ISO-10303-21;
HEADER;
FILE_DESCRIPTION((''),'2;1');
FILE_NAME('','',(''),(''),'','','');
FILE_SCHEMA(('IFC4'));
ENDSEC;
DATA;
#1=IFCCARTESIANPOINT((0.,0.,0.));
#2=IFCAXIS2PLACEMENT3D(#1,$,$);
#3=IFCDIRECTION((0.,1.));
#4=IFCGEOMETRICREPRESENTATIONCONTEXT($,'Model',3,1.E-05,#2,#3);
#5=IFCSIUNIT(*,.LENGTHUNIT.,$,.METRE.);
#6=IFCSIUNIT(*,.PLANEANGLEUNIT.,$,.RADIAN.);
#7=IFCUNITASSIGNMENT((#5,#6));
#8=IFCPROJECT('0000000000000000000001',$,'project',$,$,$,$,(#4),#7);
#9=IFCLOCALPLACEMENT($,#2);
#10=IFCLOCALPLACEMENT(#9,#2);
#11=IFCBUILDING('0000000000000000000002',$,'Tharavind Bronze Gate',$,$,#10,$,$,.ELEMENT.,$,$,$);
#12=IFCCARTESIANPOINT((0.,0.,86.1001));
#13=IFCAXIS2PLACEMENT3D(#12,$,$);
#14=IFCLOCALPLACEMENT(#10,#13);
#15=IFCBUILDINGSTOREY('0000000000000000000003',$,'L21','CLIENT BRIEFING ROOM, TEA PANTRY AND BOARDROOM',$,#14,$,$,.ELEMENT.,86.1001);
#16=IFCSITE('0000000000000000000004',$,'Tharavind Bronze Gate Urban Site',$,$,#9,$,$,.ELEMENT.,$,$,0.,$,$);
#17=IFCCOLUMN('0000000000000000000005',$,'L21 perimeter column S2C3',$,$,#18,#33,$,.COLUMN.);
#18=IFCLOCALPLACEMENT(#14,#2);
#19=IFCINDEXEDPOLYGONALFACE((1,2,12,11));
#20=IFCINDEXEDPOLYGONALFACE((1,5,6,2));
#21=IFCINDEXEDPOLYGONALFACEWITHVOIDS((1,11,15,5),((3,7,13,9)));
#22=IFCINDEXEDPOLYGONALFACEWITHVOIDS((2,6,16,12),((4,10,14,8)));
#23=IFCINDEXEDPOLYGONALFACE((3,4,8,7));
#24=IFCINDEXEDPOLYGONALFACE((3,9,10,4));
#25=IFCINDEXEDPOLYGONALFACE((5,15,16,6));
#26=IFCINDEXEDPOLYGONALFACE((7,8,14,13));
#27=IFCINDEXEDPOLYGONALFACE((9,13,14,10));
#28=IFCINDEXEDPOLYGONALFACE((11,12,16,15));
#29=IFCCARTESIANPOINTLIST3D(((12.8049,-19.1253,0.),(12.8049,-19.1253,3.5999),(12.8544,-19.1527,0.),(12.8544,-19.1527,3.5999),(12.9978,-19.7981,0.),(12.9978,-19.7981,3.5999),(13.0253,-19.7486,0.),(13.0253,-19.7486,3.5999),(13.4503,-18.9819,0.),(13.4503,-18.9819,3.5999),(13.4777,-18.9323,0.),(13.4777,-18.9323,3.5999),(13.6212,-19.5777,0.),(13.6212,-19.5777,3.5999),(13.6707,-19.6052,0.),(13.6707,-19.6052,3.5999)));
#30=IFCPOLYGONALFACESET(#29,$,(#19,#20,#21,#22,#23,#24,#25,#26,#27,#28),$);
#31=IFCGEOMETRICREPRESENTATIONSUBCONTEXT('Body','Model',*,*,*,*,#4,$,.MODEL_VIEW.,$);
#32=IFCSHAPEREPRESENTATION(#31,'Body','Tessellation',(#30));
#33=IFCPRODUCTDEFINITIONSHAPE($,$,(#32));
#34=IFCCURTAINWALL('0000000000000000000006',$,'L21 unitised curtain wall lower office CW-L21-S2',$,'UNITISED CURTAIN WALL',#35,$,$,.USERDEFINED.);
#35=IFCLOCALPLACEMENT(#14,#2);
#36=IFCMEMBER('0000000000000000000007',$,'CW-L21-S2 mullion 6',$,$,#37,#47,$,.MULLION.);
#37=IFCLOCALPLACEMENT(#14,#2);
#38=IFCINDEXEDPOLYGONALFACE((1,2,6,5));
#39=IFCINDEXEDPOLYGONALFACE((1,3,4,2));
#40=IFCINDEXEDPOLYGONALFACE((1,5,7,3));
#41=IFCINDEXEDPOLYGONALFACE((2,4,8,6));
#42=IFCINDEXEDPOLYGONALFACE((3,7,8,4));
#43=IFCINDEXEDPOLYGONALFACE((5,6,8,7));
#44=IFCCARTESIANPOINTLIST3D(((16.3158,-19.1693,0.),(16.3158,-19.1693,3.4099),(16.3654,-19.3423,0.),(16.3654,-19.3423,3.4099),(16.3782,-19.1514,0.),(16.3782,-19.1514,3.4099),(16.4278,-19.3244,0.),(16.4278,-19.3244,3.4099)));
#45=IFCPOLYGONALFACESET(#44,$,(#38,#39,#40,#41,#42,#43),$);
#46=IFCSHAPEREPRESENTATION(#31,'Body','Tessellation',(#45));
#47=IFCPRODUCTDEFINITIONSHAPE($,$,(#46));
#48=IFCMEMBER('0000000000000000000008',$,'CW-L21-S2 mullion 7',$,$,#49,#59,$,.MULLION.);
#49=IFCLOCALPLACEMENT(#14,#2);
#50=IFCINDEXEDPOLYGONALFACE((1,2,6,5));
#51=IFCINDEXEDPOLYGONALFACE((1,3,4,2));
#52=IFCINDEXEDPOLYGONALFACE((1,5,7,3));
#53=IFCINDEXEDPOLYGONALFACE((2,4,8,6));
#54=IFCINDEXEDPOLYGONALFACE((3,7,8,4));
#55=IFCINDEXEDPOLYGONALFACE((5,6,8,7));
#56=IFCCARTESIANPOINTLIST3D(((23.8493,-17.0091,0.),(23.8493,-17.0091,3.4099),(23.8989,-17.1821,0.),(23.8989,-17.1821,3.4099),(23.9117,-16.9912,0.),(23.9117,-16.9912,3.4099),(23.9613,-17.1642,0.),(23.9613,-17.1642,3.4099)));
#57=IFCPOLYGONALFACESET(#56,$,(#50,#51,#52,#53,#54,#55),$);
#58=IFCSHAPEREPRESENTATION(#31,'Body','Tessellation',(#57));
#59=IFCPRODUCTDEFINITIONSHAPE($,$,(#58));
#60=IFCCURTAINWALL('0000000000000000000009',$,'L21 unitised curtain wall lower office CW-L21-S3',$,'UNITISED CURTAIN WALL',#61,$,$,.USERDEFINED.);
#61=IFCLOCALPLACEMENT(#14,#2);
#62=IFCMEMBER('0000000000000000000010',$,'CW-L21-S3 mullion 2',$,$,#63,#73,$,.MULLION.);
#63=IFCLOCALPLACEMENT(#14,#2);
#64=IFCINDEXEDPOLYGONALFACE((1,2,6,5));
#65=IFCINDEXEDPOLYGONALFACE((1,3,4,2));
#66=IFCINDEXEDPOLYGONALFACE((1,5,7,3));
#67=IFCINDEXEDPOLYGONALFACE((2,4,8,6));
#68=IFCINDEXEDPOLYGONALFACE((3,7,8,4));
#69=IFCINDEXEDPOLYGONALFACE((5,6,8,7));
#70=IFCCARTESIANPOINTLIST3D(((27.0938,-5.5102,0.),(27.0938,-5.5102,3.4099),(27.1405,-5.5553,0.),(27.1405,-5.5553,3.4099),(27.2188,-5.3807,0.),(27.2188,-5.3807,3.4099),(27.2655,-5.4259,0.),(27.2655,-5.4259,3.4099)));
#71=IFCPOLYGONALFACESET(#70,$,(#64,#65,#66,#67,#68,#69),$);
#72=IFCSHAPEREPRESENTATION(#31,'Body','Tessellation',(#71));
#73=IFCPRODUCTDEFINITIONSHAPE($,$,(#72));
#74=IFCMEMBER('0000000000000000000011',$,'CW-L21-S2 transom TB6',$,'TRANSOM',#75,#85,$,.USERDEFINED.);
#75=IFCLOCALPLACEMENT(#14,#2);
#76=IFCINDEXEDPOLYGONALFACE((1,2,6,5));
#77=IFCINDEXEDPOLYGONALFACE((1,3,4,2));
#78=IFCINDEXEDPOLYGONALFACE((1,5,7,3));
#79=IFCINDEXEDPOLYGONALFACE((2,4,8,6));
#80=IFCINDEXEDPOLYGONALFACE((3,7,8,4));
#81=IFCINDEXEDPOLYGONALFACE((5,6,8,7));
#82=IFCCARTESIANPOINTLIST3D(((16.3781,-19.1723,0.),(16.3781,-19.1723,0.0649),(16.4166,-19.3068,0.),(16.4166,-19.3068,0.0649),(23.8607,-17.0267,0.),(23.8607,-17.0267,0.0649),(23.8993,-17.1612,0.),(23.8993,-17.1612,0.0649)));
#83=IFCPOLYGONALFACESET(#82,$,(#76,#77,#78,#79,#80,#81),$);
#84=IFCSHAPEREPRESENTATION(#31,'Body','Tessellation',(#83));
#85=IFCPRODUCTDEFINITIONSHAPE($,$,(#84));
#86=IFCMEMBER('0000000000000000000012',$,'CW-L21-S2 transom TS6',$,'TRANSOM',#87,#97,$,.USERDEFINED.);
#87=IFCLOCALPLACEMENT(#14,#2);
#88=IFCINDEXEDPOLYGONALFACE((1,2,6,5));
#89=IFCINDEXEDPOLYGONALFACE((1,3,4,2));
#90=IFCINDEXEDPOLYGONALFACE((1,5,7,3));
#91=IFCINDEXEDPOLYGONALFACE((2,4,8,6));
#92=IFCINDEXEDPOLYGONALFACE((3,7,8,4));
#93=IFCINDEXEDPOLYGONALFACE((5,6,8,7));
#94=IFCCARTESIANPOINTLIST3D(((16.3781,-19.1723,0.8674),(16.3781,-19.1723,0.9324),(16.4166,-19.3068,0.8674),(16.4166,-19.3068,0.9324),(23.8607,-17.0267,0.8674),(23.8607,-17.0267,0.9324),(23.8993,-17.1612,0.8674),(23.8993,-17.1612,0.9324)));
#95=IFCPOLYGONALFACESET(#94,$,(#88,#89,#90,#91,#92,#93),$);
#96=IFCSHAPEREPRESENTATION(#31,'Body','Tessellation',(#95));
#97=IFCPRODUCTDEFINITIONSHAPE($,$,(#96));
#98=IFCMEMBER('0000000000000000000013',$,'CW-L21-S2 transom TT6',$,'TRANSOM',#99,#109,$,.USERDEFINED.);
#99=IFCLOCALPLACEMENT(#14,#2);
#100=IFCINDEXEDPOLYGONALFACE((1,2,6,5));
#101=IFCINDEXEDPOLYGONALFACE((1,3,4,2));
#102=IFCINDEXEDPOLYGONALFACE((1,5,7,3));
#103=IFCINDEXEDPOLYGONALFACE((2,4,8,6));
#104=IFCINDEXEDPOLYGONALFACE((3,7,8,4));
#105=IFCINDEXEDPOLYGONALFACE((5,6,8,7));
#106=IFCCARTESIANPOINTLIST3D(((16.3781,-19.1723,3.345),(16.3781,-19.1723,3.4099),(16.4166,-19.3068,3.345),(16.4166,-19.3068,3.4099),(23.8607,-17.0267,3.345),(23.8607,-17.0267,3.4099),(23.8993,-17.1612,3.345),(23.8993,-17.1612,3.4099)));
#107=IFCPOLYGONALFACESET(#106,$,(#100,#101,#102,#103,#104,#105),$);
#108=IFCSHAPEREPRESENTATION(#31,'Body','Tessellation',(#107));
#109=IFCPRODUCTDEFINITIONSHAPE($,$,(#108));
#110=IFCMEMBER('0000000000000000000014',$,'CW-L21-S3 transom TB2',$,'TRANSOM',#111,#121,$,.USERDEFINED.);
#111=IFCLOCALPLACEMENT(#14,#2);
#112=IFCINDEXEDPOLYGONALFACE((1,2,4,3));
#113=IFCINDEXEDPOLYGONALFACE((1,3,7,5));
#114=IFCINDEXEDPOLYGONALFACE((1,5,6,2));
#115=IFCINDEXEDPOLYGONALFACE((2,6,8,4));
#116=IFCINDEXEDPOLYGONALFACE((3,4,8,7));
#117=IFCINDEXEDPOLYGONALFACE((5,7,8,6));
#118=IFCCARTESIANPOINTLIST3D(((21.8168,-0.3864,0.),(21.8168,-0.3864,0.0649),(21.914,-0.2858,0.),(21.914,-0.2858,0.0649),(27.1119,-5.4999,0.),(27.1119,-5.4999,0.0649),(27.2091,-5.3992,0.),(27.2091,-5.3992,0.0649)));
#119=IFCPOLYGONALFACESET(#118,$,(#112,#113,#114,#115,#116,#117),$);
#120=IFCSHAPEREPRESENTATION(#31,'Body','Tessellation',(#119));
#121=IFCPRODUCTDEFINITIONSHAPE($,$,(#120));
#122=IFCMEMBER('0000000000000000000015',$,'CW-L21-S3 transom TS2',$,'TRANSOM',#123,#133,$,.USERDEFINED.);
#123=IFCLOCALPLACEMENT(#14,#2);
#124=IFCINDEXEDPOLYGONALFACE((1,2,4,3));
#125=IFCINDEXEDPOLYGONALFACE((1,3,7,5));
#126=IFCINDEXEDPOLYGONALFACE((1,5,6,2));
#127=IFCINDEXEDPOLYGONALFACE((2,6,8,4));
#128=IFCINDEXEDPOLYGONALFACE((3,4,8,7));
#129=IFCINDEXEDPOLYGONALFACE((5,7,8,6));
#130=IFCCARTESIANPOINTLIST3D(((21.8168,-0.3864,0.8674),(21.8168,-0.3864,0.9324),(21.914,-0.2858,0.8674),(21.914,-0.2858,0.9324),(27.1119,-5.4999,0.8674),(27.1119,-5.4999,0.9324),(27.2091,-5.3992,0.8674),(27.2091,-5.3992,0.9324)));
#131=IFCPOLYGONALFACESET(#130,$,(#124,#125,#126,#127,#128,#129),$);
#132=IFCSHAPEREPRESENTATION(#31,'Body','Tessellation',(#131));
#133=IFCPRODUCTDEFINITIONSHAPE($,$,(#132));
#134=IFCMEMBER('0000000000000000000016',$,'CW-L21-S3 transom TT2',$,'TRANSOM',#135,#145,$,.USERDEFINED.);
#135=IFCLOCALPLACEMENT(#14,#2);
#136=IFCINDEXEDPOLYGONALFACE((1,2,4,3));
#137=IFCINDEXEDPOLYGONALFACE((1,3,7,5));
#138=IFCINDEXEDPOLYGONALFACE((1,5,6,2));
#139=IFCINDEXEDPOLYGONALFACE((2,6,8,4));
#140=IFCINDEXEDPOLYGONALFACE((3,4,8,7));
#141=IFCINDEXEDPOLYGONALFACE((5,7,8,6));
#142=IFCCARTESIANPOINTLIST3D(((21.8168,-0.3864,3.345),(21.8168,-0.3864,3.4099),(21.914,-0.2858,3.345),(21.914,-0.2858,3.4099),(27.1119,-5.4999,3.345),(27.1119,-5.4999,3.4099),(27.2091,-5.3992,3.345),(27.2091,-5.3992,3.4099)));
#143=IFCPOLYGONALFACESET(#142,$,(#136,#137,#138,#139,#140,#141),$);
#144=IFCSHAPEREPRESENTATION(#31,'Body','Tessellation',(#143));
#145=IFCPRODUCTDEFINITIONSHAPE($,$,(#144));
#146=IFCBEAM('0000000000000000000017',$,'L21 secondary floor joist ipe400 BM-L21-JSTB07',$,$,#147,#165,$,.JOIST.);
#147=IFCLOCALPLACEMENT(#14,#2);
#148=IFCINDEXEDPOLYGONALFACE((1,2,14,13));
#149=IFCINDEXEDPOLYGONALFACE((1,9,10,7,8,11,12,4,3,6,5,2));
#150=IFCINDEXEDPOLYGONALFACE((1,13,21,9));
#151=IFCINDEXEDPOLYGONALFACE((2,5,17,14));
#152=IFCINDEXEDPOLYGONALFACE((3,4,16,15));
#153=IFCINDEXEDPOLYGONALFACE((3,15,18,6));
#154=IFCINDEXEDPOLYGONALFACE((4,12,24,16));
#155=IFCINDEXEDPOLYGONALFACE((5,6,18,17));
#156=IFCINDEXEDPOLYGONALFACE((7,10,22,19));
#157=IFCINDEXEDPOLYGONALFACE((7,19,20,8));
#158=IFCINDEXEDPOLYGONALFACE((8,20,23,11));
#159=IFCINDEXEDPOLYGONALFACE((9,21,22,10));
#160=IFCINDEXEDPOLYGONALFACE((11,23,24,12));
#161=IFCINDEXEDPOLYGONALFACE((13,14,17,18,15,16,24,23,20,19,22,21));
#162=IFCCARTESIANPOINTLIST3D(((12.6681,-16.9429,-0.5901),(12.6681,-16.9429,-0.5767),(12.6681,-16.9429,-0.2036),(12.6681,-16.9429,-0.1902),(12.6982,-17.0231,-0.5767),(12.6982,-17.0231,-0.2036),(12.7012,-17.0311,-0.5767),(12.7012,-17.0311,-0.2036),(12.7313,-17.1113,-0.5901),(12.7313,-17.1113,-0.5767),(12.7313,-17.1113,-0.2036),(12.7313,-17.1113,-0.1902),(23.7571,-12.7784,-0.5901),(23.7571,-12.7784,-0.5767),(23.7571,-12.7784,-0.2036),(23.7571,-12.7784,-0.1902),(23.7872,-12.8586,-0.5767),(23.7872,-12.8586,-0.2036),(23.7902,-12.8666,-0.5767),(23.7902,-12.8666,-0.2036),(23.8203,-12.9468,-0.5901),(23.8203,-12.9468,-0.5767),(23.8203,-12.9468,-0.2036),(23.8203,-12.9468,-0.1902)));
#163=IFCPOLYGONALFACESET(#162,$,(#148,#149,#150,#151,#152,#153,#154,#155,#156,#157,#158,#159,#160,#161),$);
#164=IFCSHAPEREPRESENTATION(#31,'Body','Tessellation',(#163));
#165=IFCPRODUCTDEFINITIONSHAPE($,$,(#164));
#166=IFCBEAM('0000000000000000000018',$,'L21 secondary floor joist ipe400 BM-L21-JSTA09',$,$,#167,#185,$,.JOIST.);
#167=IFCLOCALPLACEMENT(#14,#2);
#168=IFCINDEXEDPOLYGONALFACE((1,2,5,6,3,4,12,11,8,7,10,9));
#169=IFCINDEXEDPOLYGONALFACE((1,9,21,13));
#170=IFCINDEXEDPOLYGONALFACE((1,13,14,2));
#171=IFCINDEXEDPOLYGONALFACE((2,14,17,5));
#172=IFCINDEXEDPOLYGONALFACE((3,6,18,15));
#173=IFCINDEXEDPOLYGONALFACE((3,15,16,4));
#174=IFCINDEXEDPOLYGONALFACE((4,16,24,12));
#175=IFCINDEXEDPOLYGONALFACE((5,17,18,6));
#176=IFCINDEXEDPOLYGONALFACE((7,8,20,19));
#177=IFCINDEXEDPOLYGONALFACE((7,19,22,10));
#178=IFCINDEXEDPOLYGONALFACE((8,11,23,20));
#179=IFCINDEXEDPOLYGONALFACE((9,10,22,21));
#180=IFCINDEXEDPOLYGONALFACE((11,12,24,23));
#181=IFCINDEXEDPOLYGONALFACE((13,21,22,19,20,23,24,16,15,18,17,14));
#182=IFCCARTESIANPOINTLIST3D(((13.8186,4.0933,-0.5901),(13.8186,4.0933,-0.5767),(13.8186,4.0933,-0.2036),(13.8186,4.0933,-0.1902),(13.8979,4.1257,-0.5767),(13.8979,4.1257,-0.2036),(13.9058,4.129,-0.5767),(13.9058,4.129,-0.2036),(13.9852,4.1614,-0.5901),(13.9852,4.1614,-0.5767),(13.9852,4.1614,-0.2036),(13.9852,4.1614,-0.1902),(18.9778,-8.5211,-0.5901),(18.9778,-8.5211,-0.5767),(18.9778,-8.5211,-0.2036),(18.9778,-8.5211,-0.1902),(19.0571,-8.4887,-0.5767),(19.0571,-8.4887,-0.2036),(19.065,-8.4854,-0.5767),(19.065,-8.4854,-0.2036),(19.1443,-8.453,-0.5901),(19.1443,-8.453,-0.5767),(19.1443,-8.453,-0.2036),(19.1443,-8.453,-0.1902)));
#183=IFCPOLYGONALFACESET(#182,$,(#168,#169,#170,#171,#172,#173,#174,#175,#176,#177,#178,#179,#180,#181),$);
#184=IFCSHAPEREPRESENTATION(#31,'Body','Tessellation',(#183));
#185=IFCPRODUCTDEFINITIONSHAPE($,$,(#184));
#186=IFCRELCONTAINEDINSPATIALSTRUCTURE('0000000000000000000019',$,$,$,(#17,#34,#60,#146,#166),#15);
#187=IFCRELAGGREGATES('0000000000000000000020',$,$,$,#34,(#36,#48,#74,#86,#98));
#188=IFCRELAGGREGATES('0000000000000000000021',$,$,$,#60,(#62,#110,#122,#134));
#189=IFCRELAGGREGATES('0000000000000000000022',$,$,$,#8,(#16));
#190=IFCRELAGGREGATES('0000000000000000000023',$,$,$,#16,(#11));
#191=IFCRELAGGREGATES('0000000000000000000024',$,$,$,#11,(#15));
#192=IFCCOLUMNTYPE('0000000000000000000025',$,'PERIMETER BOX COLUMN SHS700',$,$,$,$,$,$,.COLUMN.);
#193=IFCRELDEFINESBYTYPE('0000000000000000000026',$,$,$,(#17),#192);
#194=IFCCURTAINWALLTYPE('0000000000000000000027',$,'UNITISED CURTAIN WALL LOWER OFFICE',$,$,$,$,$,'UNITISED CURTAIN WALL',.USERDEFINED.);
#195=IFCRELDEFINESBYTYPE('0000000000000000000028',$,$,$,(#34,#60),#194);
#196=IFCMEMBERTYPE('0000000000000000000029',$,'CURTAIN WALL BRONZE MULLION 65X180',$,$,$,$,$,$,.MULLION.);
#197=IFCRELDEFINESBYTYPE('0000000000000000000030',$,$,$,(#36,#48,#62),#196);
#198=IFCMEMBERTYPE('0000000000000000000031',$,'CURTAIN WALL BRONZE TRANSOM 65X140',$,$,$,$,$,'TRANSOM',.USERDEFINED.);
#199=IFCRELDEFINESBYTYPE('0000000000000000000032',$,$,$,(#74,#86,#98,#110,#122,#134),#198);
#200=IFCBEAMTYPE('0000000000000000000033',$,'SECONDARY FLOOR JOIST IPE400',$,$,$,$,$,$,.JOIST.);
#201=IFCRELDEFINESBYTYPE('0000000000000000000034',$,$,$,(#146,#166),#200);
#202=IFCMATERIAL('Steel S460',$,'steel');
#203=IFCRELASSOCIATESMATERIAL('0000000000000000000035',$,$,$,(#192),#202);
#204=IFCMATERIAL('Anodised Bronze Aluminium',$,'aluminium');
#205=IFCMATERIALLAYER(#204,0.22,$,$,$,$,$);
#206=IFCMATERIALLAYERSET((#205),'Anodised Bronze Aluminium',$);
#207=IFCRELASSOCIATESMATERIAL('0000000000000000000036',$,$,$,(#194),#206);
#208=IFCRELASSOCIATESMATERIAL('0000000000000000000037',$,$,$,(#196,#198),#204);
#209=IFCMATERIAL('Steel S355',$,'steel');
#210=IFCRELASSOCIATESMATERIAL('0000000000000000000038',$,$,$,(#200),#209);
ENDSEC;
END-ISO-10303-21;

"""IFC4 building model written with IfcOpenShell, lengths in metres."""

from ifc_helpers import new_model, si_unit, direction, frame, origin, origin_2d, place, context, subcontext, project, spatial, rectangle, hollow_rectangle, i_section, extrude, material, layer, layer_set, material_profile, profile_set, type_object, element, aggregate, save


model = new_model("IFC4")

# Units and contexts
model_context = context("Model", 3, precision=1e-05, world=origin(), true_north=direction((0.0, 1.0)))
body_context = subcontext(model_context, "Body", "Model", "MODEL_VIEW")
ifc_project = project(units=[si_unit("LENGTHUNIT", "METRE"), si_unit("PLANEANGLEUNIT", "RADIAN")], contexts=[model_context])

# Site, building, storey
site_placement = place(None, origin())
site = spatial("IfcSite", under=ifc_project, at=site_placement, Name="Tharavind Bronze Gate Urban Site", CompositionType="ELEMENT", RefElevation=0.0)
building_placement = place(site_placement, origin())
building = spatial("IfcBuilding", under=site, at=building_placement, Name="Tharavind Bronze Gate", CompositionType="ELEMENT")
storey_placement = place(building_placement, frame((0.0, 0.0, 86.1001)))
storey = spatial("IfcBuildingStorey", under=building, at=storey_placement, Name="L21", Description="CLIENT BRIEFING ROOM, TEA PANTRY AND BOARDROOM", CompositionType="ELEMENT", Elevation=86.1001)

# Column
ifc_material_1 = material(Name="Steel S460", Category="steel")
ifc_material_profile_1 = material_profile(ifc_material_1, hollow_rectangle(XDim=0.7, YDim=0.7, WallThickness=0.04, at=origin_2d()), Name="SHS700X40")
ifc_profile_set_1 = profile_set([ifc_material_profile_1], Name="Steel S460")
column_type = type_object("IfcColumnType", Name="PERIMETER BOX COLUMN SHS700", PredefinedType="COLUMN", material=ifc_profile_set_1)
column_placement = place(storey_placement, frame((13.2378, -19.3652, 0.0), z_axis=(0.0, 0.0, 1.0), x_axis=(0.961262, 0.275637, 0.0)))
element("IfcColumn", 1, at=column_placement, inside=storey, type_object=column_type, Name="L21 perimeter column S2C3", PredefinedType="COLUMN", context=body_context, shape_type="SweptSolid", body=[
    extrude(hollow_rectangle(XDim=0.7, YDim=0.7, WallThickness=0.04, at=origin_2d()), origin(), (0.0, 0.0, 1.0), 3.5999),
])

# Curtain wall, members
ifc_material_2 = material(Name="Anodised Bronze Aluminium", Category="aluminium")
ifc_layer_1 = layer(ifc_material_2, 0.22)
ifc_layer_set_1 = layer_set([ifc_layer_1], Name="Anodised Bronze Aluminium")
curtain_wall_type = type_object("IfcCurtainWallType", Name="UNITISED CURTAIN WALL LOWER OFFICE", ElementType="UNITISED CURTAIN WALL", PredefinedType="USERDEFINED", material=ifc_layer_set_1)
curtain_wall_1_placement = place(storey_placement, origin())
curtain_wall_1 = element("IfcCurtainWall", 2, at=curtain_wall_1_placement, inside=storey, type_object=curtain_wall_type, Name="L21 unitised curtain wall lower office CW-L21-S2", ObjectType="UNITISED CURTAIN WALL", PredefinedType="USERDEFINED")
member_type_1 = type_object("IfcMemberType", Name="CURTAIN WALL BRONZE MULLION 65X180", PredefinedType="MULLION", material=ifc_material_2)
member_1_placement = place(storey_placement, frame((16.3718, -19.2468, 0.0), z_axis=(0.0, 0.0, 1.0), x_axis=(0.961262, 0.275637, 0.0)))
member_1 = element("IfcMember", 3, at=member_1_placement, type_object=member_type_1, Name="CW-L21-S2 mullion 6", PredefinedType="MULLION", context=body_context, shape_type="SweptSolid", body=[
    extrude(rectangle(XDim=0.0649, YDim=0.1799, at=origin_2d()), origin(), (0.0, 0.0, 1.0), 3.4099),
])
member_2_placement = place(storey_placement, frame((23.9053, -17.0867, 0.0), z_axis=(0.0, 0.0, 1.0), x_axis=(0.961262, 0.275637, 0.0)))
member_2 = element("IfcMember", 4, at=member_2_placement, type_object=member_type_1, Name="CW-L21-S2 mullion 7", PredefinedType="MULLION", context=body_context, shape_type="SweptSolid", body=[
    extrude(rectangle(XDim=0.0649, YDim=0.1799, at=origin_2d()), origin(), (0.0, 0.0, 1.0), 3.4099),
])

# Curtain wall, member
curtain_wall_2_placement = place(storey_placement, origin())
curtain_wall_2 = element("IfcCurtainWall", 5, at=curtain_wall_2_placement, inside=storey, type_object=curtain_wall_type, Name="L21 unitised curtain wall lower office CW-L21-S3", ObjectType="UNITISED CURTAIN WALL", PredefinedType="USERDEFINED")
member_3_placement = place(storey_placement, frame((27.1797, -5.468, 0.0), z_axis=(0.0, 0.0, 1.0), x_axis=(-0.719341, 0.694657, 0.0)))
member_3 = element("IfcMember", 6, at=member_3_placement, type_object=member_type_1, Name="CW-L21-S3 mullion 2", PredefinedType="MULLION", context=body_context, shape_type="SweptSolid", body=[
    extrude(rectangle(XDim=0.0649, YDim=0.1799, at=origin_2d()), origin(), (0.0, 0.0, 1.0), 3.4099),
])

# Members
member_type_2 = type_object("IfcMemberType", Name="CURTAIN WALL BRONZE TRANSOM 65X140", ElementType="TRANSOM", PredefinedType="USERDEFINED", material=ifc_material_2)
member_4_placement = place(storey_placement, frame((20.1387, -18.1667, 0.0), z_axis=(0.0, 0.0, 1.0), x_axis=(0.961262, 0.275637, 0.0)))
member_4 = element("IfcMember", 7, at=member_4_placement, type_object=member_type_2, Name="CW-L21-S2 transom TB6", ObjectType="TRANSOM", PredefinedType="USERDEFINED", context=body_context, shape_type="SweptSolid", body=[
    extrude(rectangle(XDim=7.7842, YDim=0.1399, at=origin_2d()), origin(), (0.0, 0.0, 1.0), 0.0649),
])
member_5_placement = place(storey_placement, frame((20.1387, -18.1667, 0.8674), z_axis=(0.0, 0.0, 1.0), x_axis=(0.961262, 0.275637, 0.0)))
member_5 = element("IfcMember", 8, at=member_5_placement, type_object=member_type_2, Name="CW-L21-S2 transom TS6", ObjectType="TRANSOM", PredefinedType="USERDEFINED", context=body_context, shape_type="SweptSolid", body=[
    extrude(rectangle(XDim=7.7842, YDim=0.1399, at=origin_2d()), origin(), (0.0, 0.0, 1.0), 0.0649),
])
member_6_placement = place(storey_placement, frame((20.1387, -18.1667, 3.345), z_axis=(0.0, 0.0, 1.0), x_axis=(0.961262, 0.275637, 0.0)))
member_6 = element("IfcMember", 9, at=member_6_placement, type_object=member_type_2, Name="CW-L21-S2 transom TT6", ObjectType="TRANSOM", PredefinedType="USERDEFINED", context=body_context, shape_type="SweptSolid", body=[
    extrude(rectangle(XDim=7.7842, YDim=0.1399, at=origin_2d()), origin(), (0.0, 0.0, 1.0), 0.0649),
])
member_7_placement = place(storey_placement, frame((24.5129, -2.8928, 0.0), z_axis=(0.0, 0.0, 1.0), x_axis=(-0.719341, 0.694657, 0.0)))
member_7 = element("IfcMember", 10, at=member_7_placement, type_object=member_type_2, Name="CW-L21-S3 transom TB2", ObjectType="TRANSOM", PredefinedType="USERDEFINED", context=body_context, shape_type="SweptSolid", body=[
    extrude(rectangle(XDim=7.3611, YDim=0.1399, at=origin_2d()), origin(), (0.0, 0.0, 1.0), 0.0649),
])
member_8_placement = place(storey_placement, frame((24.5129, -2.8928, 0.8674), z_axis=(0.0, 0.0, 1.0), x_axis=(-0.719341, 0.694657, 0.0)))
member_8 = element("IfcMember", 11, at=member_8_placement, type_object=member_type_2, Name="CW-L21-S3 transom TS2", ObjectType="TRANSOM", PredefinedType="USERDEFINED", context=body_context, shape_type="SweptSolid", body=[
    extrude(rectangle(XDim=7.3611, YDim=0.1399, at=origin_2d()), origin(), (0.0, 0.0, 1.0), 0.0649),
])
member_9_placement = place(storey_placement, frame((24.5129, -2.8928, 3.345), z_axis=(0.0, 0.0, 1.0), x_axis=(-0.719341, 0.694657, 0.0)))
member_9 = element("IfcMember", 12, at=member_9_placement, type_object=member_type_2, Name="CW-L21-S3 transom TT2", ObjectType="TRANSOM", PredefinedType="USERDEFINED", context=body_context, shape_type="SweptSolid", body=[
    extrude(rectangle(XDim=7.3611, YDim=0.1399, at=origin_2d()), origin(), (0.0, 0.0, 1.0), 0.0649),
])

# Beams
ifc_material_3 = material(Name="Steel S355", Category="steel")
ifc_material_profile_2 = material_profile(ifc_material_3, i_section(OverallWidth=0.1799, OverallDepth=0.3999, WebThickness=0.0085, FlangeThickness=0.0134, at=origin_2d()), Name="IPE400")
ifc_profile_set_2 = profile_set([ifc_material_profile_2], Name="Steel S355")
beam_type_1 = type_object("IfcBeamType", Name="SECONDARY FLOOR JOIST IPE400", PredefinedType="JOIST", material=ifc_profile_set_2)
beam_1_placement = place(storey_placement, frame((12.6997, -17.0271, -0.3901), z_axis=(0.936159, 0.351577, 0.0), x_axis=(-0.351577, 0.936159, 0.0)))
element("IfcBeam", 13, at=beam_1_placement, inside=storey, type_object=beam_type_1, Name="L21 secondary floor joist ipe400 BM-L21-JSTB07", PredefinedType="JOIST", context=body_context, shape_type="SweptSolid", body=[
    extrude(i_section(OverallWidth=0.1799, OverallDepth=0.3999, WebThickness=0.0085, FlangeThickness=0.0134, at=origin_2d()), origin(), (0.0, 0.0, 1.0), 11.8452),
])
beam_2_placement = place(storey_placement, frame((19.061, -8.4871, -0.3901), z_axis=(-0.378551, 0.92558, 0.0), x_axis=(-0.92558, -0.378551, 0.0)))
element("IfcBeam", 14, at=beam_2_placement, inside=storey, type_object=beam_type_1, Name="L21 secondary floor joist ipe400 BM-L21-JSTA09", PredefinedType="JOIST", context=body_context, shape_type="SweptSolid", body=[
    extrude(i_section(OverallWidth=0.1799, OverallDepth=0.3999, WebThickness=0.0085, FlangeThickness=0.0134, at=origin_2d()), origin(), (0.0, 0.0, 1.0), 13.6287),
])

aggregate(curtain_wall_1, [member_1, member_2, member_4, member_5, member_6])
aggregate(curtain_wall_2, [member_3, member_7, member_8, member_9])

save(model, "model.ifc")
